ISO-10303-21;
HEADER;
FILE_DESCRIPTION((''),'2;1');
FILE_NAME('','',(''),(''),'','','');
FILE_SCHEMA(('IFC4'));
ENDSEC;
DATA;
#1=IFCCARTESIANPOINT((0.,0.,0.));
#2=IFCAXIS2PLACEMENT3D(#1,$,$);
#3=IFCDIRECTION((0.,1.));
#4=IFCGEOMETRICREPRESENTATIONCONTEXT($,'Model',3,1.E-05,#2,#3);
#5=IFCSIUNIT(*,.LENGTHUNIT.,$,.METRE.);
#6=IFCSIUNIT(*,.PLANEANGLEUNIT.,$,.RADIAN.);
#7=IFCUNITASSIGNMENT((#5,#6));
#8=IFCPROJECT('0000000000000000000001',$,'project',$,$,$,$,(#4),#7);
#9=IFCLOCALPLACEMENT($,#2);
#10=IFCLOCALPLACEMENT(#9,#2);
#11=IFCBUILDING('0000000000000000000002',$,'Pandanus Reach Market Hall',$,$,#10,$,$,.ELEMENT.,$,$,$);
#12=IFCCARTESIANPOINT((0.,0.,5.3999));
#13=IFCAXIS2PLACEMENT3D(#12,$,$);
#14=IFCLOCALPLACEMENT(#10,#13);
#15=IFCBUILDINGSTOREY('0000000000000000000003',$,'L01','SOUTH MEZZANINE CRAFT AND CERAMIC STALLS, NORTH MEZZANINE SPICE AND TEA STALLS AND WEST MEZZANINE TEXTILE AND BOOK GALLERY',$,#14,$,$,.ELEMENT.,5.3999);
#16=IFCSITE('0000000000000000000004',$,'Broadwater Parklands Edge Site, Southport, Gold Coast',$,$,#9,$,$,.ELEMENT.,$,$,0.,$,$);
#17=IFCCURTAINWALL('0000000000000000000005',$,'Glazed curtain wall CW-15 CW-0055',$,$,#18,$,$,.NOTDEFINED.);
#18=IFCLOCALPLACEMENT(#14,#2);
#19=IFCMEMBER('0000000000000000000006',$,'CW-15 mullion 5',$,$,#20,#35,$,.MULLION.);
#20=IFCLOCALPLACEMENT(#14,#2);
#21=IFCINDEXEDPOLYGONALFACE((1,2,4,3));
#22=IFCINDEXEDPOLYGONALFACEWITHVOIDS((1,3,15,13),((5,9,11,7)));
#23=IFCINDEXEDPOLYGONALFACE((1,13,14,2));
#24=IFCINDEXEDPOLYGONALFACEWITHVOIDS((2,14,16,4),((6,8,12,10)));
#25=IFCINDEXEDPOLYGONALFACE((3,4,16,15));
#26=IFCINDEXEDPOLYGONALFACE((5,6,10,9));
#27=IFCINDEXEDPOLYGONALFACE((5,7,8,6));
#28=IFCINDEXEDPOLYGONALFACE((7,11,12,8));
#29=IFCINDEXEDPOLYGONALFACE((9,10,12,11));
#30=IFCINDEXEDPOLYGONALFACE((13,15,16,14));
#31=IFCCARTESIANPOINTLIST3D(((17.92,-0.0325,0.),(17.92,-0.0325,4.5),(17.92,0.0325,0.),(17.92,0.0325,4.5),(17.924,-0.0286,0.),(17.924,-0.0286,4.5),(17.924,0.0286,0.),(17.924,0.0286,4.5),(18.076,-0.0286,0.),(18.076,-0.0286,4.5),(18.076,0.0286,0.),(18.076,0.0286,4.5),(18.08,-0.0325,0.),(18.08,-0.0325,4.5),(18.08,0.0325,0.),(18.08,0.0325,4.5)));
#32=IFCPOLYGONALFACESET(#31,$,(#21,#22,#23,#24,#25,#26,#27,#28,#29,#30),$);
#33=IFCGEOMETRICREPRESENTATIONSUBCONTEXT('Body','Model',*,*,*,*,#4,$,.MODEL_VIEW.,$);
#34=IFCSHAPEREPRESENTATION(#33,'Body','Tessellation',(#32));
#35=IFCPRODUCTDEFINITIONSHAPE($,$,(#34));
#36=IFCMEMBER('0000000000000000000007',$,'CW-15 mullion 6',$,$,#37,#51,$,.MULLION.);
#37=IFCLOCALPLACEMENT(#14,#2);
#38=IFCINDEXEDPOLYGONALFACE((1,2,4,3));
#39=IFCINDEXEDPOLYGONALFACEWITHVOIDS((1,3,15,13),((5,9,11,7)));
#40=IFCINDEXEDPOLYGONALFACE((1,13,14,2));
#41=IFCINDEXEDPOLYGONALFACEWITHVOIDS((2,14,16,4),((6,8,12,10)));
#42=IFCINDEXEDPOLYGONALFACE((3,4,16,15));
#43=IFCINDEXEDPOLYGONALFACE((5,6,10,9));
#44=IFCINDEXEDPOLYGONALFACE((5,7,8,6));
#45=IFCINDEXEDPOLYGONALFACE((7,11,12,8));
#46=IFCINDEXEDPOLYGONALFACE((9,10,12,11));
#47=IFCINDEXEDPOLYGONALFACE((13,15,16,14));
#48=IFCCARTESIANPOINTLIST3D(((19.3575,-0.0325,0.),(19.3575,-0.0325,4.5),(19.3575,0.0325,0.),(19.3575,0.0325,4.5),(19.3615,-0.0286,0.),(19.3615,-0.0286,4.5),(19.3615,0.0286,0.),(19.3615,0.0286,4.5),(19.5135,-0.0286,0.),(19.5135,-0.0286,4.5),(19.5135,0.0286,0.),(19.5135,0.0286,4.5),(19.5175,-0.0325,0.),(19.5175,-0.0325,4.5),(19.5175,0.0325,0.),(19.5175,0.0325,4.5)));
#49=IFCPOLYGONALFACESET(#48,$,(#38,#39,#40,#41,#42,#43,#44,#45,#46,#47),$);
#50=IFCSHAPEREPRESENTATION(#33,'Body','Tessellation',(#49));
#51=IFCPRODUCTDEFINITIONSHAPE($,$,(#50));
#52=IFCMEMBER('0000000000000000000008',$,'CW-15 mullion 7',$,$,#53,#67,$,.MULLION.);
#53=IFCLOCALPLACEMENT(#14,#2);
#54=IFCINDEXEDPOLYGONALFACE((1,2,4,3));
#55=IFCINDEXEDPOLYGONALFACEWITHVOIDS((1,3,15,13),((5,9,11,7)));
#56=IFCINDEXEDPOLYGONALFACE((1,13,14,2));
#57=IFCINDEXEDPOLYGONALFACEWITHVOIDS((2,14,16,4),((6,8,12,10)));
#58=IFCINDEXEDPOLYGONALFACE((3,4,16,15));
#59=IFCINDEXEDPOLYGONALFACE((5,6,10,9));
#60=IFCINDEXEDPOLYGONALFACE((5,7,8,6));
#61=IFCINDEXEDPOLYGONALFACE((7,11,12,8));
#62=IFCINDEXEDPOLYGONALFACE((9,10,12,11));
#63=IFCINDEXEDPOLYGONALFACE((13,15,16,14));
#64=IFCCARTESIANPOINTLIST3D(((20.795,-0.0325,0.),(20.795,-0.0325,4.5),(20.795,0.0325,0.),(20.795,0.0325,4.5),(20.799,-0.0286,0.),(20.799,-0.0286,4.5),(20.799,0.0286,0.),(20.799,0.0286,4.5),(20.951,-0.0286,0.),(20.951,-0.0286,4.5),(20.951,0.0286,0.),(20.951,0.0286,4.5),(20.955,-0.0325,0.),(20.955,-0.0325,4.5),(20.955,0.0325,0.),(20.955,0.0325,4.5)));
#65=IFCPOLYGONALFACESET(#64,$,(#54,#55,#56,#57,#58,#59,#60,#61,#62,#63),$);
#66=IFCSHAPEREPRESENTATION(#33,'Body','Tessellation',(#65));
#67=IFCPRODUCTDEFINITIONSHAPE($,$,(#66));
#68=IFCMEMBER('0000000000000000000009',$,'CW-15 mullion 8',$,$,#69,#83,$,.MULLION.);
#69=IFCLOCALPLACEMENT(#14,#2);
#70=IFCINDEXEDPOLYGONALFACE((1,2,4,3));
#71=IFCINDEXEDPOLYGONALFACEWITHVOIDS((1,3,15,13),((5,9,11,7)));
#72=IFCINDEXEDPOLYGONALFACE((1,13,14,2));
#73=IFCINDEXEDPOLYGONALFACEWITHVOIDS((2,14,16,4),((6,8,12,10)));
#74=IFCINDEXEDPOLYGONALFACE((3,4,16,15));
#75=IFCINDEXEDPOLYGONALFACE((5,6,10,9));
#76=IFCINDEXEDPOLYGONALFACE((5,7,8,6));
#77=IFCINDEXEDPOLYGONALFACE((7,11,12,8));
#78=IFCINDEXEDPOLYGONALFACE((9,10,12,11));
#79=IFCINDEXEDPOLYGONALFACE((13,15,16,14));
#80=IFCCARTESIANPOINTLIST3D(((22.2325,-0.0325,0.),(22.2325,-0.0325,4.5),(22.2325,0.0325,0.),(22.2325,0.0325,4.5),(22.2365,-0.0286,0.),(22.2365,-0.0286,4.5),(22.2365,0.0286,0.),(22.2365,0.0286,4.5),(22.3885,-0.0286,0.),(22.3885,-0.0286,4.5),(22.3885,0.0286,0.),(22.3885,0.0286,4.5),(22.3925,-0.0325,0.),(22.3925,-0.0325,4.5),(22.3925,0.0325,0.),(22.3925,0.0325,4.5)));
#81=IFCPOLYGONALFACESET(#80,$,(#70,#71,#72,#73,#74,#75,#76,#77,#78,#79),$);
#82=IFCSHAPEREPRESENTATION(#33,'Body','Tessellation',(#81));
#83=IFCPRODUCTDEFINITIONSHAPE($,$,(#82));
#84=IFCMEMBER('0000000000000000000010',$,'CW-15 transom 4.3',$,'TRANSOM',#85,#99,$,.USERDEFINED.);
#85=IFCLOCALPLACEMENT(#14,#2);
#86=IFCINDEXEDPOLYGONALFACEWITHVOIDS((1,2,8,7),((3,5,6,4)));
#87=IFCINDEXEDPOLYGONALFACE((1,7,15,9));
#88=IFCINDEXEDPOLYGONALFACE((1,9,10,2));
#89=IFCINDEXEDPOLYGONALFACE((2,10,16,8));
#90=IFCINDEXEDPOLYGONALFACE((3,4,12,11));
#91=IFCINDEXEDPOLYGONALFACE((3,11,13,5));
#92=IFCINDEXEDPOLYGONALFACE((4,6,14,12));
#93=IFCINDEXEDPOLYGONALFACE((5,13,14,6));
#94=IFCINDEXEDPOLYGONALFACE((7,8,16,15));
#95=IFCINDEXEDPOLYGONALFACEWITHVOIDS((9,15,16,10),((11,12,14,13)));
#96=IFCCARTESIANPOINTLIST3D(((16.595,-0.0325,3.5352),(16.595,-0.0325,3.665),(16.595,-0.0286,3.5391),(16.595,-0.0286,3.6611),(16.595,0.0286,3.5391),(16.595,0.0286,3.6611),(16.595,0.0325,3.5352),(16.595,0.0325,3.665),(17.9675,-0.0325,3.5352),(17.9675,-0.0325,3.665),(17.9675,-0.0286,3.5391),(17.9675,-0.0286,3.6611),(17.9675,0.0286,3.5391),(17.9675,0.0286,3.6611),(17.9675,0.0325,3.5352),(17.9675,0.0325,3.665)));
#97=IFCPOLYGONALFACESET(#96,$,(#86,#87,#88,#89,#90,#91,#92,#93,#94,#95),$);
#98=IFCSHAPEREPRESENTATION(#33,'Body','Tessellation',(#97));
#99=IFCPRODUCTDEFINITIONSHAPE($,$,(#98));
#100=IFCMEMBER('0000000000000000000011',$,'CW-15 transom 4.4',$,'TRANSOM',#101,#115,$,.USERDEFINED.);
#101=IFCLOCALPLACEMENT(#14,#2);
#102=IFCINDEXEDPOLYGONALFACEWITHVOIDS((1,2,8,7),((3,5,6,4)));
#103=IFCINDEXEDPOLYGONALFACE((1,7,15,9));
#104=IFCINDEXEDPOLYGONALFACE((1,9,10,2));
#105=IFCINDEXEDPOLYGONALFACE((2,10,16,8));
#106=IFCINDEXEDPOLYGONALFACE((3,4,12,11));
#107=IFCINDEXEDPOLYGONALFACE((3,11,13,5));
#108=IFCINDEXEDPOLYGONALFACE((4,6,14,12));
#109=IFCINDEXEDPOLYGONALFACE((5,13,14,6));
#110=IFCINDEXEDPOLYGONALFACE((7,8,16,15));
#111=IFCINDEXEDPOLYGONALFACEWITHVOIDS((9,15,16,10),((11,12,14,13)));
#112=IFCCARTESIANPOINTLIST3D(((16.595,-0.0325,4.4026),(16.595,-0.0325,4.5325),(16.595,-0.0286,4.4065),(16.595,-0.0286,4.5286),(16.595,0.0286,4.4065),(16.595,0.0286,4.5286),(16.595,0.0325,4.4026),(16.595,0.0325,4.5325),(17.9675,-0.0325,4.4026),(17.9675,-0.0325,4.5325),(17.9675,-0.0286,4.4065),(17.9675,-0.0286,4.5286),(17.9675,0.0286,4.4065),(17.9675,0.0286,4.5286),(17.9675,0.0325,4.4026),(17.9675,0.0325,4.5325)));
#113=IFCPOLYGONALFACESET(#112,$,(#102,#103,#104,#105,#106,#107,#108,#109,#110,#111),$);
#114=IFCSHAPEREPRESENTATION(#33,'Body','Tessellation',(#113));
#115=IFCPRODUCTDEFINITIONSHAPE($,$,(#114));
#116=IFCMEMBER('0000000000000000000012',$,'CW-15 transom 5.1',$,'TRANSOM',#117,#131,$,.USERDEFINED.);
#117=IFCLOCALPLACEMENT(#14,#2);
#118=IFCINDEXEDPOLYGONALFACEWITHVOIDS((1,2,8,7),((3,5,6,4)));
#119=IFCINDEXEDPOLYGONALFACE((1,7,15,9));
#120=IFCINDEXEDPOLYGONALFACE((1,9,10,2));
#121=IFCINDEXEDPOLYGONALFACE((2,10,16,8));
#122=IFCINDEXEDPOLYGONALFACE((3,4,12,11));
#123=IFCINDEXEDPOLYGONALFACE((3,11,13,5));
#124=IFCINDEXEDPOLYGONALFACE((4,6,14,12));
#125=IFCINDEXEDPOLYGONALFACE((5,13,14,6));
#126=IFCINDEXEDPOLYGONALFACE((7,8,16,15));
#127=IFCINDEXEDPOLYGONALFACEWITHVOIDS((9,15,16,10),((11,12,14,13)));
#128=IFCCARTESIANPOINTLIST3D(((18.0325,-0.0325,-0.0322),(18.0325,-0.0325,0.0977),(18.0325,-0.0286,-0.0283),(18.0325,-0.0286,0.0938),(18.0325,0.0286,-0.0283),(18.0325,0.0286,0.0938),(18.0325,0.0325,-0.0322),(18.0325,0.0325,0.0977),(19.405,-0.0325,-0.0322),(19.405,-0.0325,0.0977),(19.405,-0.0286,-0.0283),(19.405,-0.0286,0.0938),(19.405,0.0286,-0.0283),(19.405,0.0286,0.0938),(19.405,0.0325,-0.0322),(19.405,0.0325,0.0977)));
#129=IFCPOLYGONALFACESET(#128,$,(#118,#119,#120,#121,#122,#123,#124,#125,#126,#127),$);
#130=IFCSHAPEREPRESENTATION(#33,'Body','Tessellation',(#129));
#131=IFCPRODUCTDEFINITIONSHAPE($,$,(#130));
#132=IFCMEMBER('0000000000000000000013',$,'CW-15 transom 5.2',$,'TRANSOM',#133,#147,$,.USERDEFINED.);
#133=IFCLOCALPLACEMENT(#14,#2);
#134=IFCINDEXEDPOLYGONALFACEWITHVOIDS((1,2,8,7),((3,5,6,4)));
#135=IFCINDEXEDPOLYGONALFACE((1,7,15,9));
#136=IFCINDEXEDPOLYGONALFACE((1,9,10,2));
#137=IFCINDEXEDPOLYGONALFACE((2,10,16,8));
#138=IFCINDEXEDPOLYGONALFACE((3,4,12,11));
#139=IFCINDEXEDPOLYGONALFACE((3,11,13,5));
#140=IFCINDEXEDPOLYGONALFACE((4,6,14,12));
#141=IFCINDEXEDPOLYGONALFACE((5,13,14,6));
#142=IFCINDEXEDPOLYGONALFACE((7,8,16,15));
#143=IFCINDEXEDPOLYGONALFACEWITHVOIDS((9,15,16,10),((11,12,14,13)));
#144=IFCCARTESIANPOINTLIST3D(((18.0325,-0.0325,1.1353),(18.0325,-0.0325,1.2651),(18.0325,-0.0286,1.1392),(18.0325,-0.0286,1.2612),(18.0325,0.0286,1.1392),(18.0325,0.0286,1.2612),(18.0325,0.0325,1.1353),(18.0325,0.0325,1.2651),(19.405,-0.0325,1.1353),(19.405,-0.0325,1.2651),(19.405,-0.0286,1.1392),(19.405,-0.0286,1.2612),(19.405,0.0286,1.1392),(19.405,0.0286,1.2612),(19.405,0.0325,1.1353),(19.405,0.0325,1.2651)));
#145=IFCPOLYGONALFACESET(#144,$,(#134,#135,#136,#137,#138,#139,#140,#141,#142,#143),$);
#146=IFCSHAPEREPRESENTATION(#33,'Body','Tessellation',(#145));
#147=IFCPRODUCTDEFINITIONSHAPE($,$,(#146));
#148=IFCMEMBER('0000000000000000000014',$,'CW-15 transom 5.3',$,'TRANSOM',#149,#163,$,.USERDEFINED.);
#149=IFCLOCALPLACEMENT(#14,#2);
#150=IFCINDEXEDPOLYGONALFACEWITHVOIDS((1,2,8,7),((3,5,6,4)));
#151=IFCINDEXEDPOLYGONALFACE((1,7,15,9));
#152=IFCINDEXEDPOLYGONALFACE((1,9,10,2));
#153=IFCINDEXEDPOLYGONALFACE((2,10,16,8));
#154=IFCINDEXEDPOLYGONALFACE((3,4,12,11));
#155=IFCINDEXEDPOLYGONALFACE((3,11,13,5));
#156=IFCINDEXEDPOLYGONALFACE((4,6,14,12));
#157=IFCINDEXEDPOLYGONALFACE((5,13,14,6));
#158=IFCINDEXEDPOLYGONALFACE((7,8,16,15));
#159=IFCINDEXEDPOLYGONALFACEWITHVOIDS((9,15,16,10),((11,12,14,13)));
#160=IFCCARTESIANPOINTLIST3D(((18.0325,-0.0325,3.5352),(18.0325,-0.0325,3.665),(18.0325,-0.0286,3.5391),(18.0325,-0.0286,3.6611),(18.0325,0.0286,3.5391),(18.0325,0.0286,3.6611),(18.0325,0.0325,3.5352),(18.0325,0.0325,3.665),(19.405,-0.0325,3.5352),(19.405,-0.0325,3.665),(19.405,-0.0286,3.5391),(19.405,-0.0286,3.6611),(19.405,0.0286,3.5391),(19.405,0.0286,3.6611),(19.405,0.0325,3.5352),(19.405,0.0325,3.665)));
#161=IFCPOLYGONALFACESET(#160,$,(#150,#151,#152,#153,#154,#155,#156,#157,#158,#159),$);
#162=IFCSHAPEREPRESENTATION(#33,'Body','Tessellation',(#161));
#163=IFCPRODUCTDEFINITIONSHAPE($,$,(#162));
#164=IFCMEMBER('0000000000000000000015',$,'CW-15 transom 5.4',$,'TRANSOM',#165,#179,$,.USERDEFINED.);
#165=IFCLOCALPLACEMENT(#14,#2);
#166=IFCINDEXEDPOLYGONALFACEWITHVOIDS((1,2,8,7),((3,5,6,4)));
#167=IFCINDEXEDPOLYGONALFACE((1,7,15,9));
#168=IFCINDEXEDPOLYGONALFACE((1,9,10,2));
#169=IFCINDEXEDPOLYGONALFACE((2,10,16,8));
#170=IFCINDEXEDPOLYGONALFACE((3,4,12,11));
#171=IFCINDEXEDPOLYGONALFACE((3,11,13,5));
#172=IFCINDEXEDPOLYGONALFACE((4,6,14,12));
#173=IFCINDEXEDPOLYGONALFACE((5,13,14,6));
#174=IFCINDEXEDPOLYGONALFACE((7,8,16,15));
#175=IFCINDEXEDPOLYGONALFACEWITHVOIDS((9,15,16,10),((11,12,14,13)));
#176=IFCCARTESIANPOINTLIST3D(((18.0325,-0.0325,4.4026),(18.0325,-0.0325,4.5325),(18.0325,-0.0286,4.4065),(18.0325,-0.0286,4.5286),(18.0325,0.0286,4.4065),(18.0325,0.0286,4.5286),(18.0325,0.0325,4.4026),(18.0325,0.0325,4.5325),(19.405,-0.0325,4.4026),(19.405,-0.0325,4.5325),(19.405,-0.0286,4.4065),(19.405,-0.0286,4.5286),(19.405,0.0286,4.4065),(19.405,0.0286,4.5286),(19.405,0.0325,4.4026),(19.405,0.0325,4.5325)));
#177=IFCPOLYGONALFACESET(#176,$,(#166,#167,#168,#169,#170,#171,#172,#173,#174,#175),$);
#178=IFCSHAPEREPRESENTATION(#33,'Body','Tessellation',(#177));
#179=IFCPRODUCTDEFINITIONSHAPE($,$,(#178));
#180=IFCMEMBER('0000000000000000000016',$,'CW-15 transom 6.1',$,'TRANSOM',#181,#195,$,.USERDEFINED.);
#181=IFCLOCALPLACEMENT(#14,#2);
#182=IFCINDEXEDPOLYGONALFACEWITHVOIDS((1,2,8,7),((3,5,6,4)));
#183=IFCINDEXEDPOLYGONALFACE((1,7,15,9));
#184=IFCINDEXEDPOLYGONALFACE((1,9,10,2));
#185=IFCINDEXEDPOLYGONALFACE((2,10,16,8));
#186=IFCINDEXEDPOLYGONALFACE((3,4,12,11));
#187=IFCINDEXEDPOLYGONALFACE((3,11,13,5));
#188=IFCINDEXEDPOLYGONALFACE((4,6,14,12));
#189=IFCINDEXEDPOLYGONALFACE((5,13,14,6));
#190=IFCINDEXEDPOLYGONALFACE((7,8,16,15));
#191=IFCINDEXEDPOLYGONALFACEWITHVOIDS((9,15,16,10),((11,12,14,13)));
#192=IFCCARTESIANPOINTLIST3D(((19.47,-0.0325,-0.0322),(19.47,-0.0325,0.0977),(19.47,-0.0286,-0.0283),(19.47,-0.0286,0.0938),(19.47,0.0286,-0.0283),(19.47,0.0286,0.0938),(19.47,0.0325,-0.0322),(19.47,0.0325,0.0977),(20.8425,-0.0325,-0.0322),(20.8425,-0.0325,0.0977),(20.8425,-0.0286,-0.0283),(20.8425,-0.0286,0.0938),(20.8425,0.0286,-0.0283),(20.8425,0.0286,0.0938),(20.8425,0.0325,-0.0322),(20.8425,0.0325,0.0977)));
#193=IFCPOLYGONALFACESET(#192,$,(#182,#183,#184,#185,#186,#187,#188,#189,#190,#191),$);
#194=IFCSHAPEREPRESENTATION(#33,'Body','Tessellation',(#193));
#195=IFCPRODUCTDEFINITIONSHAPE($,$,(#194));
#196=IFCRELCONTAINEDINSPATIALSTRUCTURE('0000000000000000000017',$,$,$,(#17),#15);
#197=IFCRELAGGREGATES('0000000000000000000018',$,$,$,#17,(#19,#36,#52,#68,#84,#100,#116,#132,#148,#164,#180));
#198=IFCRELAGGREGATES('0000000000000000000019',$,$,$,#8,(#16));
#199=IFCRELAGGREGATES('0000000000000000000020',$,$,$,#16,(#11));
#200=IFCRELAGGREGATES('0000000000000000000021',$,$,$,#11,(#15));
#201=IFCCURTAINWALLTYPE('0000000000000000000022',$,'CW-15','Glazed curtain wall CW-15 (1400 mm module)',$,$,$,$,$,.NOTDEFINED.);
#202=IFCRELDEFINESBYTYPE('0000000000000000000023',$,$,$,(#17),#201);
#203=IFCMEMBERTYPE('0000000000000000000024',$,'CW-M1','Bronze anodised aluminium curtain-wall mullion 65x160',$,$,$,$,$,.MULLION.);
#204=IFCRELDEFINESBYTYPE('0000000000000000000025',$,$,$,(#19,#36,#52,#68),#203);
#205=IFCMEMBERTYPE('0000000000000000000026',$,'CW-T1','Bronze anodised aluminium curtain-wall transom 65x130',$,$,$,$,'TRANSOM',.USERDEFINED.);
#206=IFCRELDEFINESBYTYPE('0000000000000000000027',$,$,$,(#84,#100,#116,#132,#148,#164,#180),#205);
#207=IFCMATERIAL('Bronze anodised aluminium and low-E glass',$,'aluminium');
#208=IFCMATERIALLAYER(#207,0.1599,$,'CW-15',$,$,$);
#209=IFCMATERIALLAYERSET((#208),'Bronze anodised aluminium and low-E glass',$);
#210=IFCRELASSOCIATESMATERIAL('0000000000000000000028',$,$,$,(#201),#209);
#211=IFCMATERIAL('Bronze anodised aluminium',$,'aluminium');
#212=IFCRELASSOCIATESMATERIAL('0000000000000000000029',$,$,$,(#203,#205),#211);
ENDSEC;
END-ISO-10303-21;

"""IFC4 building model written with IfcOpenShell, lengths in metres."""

from ifc_helpers import new_model, si_unit, direction, frame, origin, origin_2d, place, context, subcontext, project, spatial, hollow_rectangle, extrude, material, layer, layer_set, material_profile, profile_set, type_object, element, aggregate, save


model = new_model("IFC4")

# Units and contexts
model_context = context("Model", 3, precision=1e-05, world=origin(), true_north=direction((0.0, 1.0)))
body_context = subcontext(model_context, "Body", "Model", "MODEL_VIEW")
ifc_project = project(units=[si_unit("LENGTHUNIT", "METRE"), si_unit("PLANEANGLEUNIT", "RADIAN")], contexts=[model_context])

# Site, building, storey
site_placement = place(None, origin())
site = spatial("IfcSite", under=ifc_project, at=site_placement, Name="Broadwater Parklands Edge Site, Southport, Gold Coast", CompositionType="ELEMENT", RefElevation=0.0)
building_placement = place(site_placement, origin())
building = spatial("IfcBuilding", under=site, at=building_placement, Name="Pandanus Reach Market Hall", CompositionType="ELEMENT")
storey_placement = place(building_placement, frame((0.0, 0.0, 5.3999)))
storey = spatial("IfcBuildingStorey", under=building, at=storey_placement, Name="L01", Description="SOUTH MEZZANINE CRAFT AND CERAMIC STALLS, NORTH MEZZANINE SPICE AND TEA STALLS AND WEST MEZZANINE TEXTILE AND BOOK GALLERY", CompositionType="ELEMENT", Elevation=5.3999)

# Curtain wall, members
ifc_material_1 = material(Name="Bronze anodised aluminium and low-E glass", Category="aluminium")
ifc_layer_1 = layer(ifc_material_1, 0.1599, Name="CW-15")
ifc_layer_set_1 = layer_set([ifc_layer_1], Name="Bronze anodised aluminium and low-E glass")
curtain_wall_type = type_object("IfcCurtainWallType", Name="CW-15", Description="Glazed curtain wall CW-15 (1400 mm module)", PredefinedType="NOTDEFINED", material=ifc_layer_set_1)
curtain_wall_placement = place(storey_placement, origin())
curtain_wall = element("IfcCurtainWall", 1, at=curtain_wall_placement, inside=storey, type_object=curtain_wall_type, Name="Glazed curtain wall CW-15 CW-0055", PredefinedType="NOTDEFINED")
ifc_material_2 = material(Name="Bronze anodised aluminium", Category="aluminium")
ifc_material_profile_1 = material_profile(ifc_material_2, hollow_rectangle(XDim=0.0649, YDim=0.1599, WallThickness=0.0039, at=origin_2d()), Name="ALU65x160", Category="LoadBearing")
ifc_profile_set_1 = profile_set([ifc_material_profile_1], Name="Bronze anodised aluminium")
member_type_1 = type_object("IfcMemberType", Name="CW-M1", Description="Bronze anodised aluminium curtain-wall mullion 65x160", PredefinedType="MULLION", material=ifc_profile_set_1)
member_1_placement = place(storey_placement, frame((18.0, 0.0, 0.0), z_axis=(0.0, 0.0, 1.0), x_axis=(0.0, 1.0, 0.0)))
member_1 = element("IfcMember", 2, at=member_1_placement, type_object=member_type_1, Name="CW-15 mullion 5", PredefinedType="MULLION", context=body_context, shape_type="SweptSolid", body=[
    extrude(hollow_rectangle(XDim=0.0649, YDim=0.1599, WallThickness=0.0039, at=origin_2d()), origin(), (0.0, 0.0, 1.0), 4.5),
])
member_2_placement = place(storey_placement, frame((19.4375, 0.0, 0.0), z_axis=(0.0, 0.0, 1.0), x_axis=(0.0, 1.0, 0.0)))
member_2 = element("IfcMember", 3, at=member_2_placement, type_object=member_type_1, Name="CW-15 mullion 6", PredefinedType="MULLION", context=body_context, shape_type="SweptSolid", body=[
    extrude(hollow_rectangle(XDim=0.0649, YDim=0.1599, WallThickness=0.0039, at=origin_2d()), origin(), (0.0, 0.0, 1.0), 4.5),
])
member_3_placement = place(storey_placement, frame((20.875, 0.0, 0.0), z_axis=(0.0, 0.0, 1.0), x_axis=(0.0, 1.0, 0.0)))
member_3 = element("IfcMember", 4, at=member_3_placement, type_object=member_type_1, Name="CW-15 mullion 7", PredefinedType="MULLION", context=body_context, shape_type="SweptSolid", body=[
    extrude(hollow_rectangle(XDim=0.0649, YDim=0.1599, WallThickness=0.0039, at=origin_2d()), origin(), (0.0, 0.0, 1.0), 4.5),
])
member_4_placement = place(storey_placement, frame((22.3125, 0.0, 0.0), z_axis=(0.0, 0.0, 1.0), x_axis=(0.0, 1.0, 0.0)))
member_4 = element("IfcMember", 5, at=member_4_placement, type_object=member_type_1, Name="CW-15 mullion 8", PredefinedType="MULLION", context=body_context, shape_type="SweptSolid", body=[
    extrude(hollow_rectangle(XDim=0.0649, YDim=0.1599, WallThickness=0.0039, at=origin_2d()), origin(), (0.0, 0.0, 1.0), 4.5),
])
ifc_material_profile_2 = material_profile(ifc_material_2, hollow_rectangle(XDim=0.0649, YDim=0.1299, WallThickness=0.0039, at=origin_2d()), Name="ALU65x130", Category="LoadBearing")
ifc_profile_set_2 = profile_set([ifc_material_profile_2], Name="Bronze anodised aluminium")
member_type_2 = type_object("IfcMemberType", Name="CW-T1", Description="Bronze anodised aluminium curtain-wall transom 65x130", ElementType="TRANSOM", PredefinedType="USERDEFINED", material=ifc_profile_set_2)
member_5_placement = place(storey_placement, frame((16.595, 0.0, 3.6001), z_axis=(1.0, 0.0, 0.0), x_axis=(0.0, 1.0, 0.0)))
member_5 = element("IfcMember", 6, at=member_5_placement, type_object=member_type_2, Name="CW-15 transom 4.3", ObjectType="TRANSOM", PredefinedType="USERDEFINED", context=body_context, shape_type="SweptSolid", body=[
    extrude(hollow_rectangle(XDim=0.0649, YDim=0.1299, WallThickness=0.0039, at=origin_2d()), origin(), (0.0, 0.0, 1.0), 1.3726),
])
member_6_placement = place(storey_placement, frame((16.595, 0.0, 4.4675), z_axis=(1.0, 0.0, 0.0), x_axis=(0.0, 1.0, 0.0)))
member_6 = element("IfcMember", 7, at=member_6_placement, type_object=member_type_2, Name="CW-15 transom 4.4", ObjectType="TRANSOM", PredefinedType="USERDEFINED", context=body_context, shape_type="SweptSolid", body=[
    extrude(hollow_rectangle(XDim=0.0649, YDim=0.1299, WallThickness=0.0039, at=origin_2d()), origin(), (0.0, 0.0, 1.0), 1.3726),
])
member_7_placement = place(storey_placement, frame((18.0325, 0.0, 0.0327), z_axis=(1.0, 0.0, 0.0), x_axis=(0.0, 1.0, 0.0)))
member_7 = element("IfcMember", 8, at=member_7_placement, type_object=member_type_2, Name="CW-15 transom 5.1", ObjectType="TRANSOM", PredefinedType="USERDEFINED", context=body_context, shape_type="SweptSolid", body=[
    extrude(hollow_rectangle(XDim=0.0649, YDim=0.1299, WallThickness=0.0039, at=origin_2d()), origin(), (0.0, 0.0, 1.0), 1.3726),
])
member_8_placement = place(storey_placement, frame((18.0325, 0.0, 1.2002), z_axis=(1.0, 0.0, 0.0), x_axis=(0.0, 1.0, 0.0)))
member_8 = element("IfcMember", 9, at=member_8_placement, type_object=member_type_2, Name="CW-15 transom 5.2", ObjectType="TRANSOM", PredefinedType="USERDEFINED", context=body_context, shape_type="SweptSolid", body=[
    extrude(hollow_rectangle(XDim=0.0649, YDim=0.1299, WallThickness=0.0039, at=origin_2d()), origin(), (0.0, 0.0, 1.0), 1.3726),
])
member_9_placement = place(storey_placement, frame((18.0325, 0.0, 3.6001), z_axis=(1.0, 0.0, 0.0), x_axis=(0.0, 1.0, 0.0)))
member_9 = element("IfcMember", 10, at=member_9_placement, type_object=member_type_2, Name="CW-15 transom 5.3", ObjectType="TRANSOM", PredefinedType="USERDEFINED", context=body_context, shape_type="SweptSolid", body=[
    extrude(hollow_rectangle(XDim=0.0649, YDim=0.1299, WallThickness=0.0039, at=origin_2d()), origin(), (0.0, 0.0, 1.0), 1.3726),
])
member_10_placement = place(storey_placement, frame((18.0325, 0.0, 4.4675), z_axis=(1.0, 0.0, 0.0), x_axis=(0.0, 1.0, 0.0)))
member_10 = element("IfcMember", 11, at=member_10_placement, type_object=member_type_2, Name="CW-15 transom 5.4", ObjectType="TRANSOM", PredefinedType="USERDEFINED", context=body_context, shape_type="SweptSolid", body=[
    extrude(hollow_rectangle(XDim=0.0649, YDim=0.1299, WallThickness=0.0039, at=origin_2d()), origin(), (0.0, 0.0, 1.0), 1.3726),
])
member_11_placement = place(storey_placement, frame((19.47, 0.0, 0.0327), z_axis=(1.0, 0.0, 0.0), x_axis=(0.0, 1.0, 0.0)))
member_11 = element("IfcMember", 12, at=member_11_placement, type_object=member_type_2, Name="CW-15 transom 6.1", ObjectType="TRANSOM", PredefinedType="USERDEFINED", context=body_context, shape_type="SweptSolid", body=[
    extrude(hollow_rectangle(XDim=0.0649, YDim=0.1299, WallThickness=0.0039, at=origin_2d()), origin(), (0.0, 0.0, 1.0), 1.3726),
])

aggregate(curtain_wall, [member_1, member_2, member_3, member_4, member_5, member_6, member_7, member_8, member_9, member_10, member_11])

save(model, "model.ifc")
